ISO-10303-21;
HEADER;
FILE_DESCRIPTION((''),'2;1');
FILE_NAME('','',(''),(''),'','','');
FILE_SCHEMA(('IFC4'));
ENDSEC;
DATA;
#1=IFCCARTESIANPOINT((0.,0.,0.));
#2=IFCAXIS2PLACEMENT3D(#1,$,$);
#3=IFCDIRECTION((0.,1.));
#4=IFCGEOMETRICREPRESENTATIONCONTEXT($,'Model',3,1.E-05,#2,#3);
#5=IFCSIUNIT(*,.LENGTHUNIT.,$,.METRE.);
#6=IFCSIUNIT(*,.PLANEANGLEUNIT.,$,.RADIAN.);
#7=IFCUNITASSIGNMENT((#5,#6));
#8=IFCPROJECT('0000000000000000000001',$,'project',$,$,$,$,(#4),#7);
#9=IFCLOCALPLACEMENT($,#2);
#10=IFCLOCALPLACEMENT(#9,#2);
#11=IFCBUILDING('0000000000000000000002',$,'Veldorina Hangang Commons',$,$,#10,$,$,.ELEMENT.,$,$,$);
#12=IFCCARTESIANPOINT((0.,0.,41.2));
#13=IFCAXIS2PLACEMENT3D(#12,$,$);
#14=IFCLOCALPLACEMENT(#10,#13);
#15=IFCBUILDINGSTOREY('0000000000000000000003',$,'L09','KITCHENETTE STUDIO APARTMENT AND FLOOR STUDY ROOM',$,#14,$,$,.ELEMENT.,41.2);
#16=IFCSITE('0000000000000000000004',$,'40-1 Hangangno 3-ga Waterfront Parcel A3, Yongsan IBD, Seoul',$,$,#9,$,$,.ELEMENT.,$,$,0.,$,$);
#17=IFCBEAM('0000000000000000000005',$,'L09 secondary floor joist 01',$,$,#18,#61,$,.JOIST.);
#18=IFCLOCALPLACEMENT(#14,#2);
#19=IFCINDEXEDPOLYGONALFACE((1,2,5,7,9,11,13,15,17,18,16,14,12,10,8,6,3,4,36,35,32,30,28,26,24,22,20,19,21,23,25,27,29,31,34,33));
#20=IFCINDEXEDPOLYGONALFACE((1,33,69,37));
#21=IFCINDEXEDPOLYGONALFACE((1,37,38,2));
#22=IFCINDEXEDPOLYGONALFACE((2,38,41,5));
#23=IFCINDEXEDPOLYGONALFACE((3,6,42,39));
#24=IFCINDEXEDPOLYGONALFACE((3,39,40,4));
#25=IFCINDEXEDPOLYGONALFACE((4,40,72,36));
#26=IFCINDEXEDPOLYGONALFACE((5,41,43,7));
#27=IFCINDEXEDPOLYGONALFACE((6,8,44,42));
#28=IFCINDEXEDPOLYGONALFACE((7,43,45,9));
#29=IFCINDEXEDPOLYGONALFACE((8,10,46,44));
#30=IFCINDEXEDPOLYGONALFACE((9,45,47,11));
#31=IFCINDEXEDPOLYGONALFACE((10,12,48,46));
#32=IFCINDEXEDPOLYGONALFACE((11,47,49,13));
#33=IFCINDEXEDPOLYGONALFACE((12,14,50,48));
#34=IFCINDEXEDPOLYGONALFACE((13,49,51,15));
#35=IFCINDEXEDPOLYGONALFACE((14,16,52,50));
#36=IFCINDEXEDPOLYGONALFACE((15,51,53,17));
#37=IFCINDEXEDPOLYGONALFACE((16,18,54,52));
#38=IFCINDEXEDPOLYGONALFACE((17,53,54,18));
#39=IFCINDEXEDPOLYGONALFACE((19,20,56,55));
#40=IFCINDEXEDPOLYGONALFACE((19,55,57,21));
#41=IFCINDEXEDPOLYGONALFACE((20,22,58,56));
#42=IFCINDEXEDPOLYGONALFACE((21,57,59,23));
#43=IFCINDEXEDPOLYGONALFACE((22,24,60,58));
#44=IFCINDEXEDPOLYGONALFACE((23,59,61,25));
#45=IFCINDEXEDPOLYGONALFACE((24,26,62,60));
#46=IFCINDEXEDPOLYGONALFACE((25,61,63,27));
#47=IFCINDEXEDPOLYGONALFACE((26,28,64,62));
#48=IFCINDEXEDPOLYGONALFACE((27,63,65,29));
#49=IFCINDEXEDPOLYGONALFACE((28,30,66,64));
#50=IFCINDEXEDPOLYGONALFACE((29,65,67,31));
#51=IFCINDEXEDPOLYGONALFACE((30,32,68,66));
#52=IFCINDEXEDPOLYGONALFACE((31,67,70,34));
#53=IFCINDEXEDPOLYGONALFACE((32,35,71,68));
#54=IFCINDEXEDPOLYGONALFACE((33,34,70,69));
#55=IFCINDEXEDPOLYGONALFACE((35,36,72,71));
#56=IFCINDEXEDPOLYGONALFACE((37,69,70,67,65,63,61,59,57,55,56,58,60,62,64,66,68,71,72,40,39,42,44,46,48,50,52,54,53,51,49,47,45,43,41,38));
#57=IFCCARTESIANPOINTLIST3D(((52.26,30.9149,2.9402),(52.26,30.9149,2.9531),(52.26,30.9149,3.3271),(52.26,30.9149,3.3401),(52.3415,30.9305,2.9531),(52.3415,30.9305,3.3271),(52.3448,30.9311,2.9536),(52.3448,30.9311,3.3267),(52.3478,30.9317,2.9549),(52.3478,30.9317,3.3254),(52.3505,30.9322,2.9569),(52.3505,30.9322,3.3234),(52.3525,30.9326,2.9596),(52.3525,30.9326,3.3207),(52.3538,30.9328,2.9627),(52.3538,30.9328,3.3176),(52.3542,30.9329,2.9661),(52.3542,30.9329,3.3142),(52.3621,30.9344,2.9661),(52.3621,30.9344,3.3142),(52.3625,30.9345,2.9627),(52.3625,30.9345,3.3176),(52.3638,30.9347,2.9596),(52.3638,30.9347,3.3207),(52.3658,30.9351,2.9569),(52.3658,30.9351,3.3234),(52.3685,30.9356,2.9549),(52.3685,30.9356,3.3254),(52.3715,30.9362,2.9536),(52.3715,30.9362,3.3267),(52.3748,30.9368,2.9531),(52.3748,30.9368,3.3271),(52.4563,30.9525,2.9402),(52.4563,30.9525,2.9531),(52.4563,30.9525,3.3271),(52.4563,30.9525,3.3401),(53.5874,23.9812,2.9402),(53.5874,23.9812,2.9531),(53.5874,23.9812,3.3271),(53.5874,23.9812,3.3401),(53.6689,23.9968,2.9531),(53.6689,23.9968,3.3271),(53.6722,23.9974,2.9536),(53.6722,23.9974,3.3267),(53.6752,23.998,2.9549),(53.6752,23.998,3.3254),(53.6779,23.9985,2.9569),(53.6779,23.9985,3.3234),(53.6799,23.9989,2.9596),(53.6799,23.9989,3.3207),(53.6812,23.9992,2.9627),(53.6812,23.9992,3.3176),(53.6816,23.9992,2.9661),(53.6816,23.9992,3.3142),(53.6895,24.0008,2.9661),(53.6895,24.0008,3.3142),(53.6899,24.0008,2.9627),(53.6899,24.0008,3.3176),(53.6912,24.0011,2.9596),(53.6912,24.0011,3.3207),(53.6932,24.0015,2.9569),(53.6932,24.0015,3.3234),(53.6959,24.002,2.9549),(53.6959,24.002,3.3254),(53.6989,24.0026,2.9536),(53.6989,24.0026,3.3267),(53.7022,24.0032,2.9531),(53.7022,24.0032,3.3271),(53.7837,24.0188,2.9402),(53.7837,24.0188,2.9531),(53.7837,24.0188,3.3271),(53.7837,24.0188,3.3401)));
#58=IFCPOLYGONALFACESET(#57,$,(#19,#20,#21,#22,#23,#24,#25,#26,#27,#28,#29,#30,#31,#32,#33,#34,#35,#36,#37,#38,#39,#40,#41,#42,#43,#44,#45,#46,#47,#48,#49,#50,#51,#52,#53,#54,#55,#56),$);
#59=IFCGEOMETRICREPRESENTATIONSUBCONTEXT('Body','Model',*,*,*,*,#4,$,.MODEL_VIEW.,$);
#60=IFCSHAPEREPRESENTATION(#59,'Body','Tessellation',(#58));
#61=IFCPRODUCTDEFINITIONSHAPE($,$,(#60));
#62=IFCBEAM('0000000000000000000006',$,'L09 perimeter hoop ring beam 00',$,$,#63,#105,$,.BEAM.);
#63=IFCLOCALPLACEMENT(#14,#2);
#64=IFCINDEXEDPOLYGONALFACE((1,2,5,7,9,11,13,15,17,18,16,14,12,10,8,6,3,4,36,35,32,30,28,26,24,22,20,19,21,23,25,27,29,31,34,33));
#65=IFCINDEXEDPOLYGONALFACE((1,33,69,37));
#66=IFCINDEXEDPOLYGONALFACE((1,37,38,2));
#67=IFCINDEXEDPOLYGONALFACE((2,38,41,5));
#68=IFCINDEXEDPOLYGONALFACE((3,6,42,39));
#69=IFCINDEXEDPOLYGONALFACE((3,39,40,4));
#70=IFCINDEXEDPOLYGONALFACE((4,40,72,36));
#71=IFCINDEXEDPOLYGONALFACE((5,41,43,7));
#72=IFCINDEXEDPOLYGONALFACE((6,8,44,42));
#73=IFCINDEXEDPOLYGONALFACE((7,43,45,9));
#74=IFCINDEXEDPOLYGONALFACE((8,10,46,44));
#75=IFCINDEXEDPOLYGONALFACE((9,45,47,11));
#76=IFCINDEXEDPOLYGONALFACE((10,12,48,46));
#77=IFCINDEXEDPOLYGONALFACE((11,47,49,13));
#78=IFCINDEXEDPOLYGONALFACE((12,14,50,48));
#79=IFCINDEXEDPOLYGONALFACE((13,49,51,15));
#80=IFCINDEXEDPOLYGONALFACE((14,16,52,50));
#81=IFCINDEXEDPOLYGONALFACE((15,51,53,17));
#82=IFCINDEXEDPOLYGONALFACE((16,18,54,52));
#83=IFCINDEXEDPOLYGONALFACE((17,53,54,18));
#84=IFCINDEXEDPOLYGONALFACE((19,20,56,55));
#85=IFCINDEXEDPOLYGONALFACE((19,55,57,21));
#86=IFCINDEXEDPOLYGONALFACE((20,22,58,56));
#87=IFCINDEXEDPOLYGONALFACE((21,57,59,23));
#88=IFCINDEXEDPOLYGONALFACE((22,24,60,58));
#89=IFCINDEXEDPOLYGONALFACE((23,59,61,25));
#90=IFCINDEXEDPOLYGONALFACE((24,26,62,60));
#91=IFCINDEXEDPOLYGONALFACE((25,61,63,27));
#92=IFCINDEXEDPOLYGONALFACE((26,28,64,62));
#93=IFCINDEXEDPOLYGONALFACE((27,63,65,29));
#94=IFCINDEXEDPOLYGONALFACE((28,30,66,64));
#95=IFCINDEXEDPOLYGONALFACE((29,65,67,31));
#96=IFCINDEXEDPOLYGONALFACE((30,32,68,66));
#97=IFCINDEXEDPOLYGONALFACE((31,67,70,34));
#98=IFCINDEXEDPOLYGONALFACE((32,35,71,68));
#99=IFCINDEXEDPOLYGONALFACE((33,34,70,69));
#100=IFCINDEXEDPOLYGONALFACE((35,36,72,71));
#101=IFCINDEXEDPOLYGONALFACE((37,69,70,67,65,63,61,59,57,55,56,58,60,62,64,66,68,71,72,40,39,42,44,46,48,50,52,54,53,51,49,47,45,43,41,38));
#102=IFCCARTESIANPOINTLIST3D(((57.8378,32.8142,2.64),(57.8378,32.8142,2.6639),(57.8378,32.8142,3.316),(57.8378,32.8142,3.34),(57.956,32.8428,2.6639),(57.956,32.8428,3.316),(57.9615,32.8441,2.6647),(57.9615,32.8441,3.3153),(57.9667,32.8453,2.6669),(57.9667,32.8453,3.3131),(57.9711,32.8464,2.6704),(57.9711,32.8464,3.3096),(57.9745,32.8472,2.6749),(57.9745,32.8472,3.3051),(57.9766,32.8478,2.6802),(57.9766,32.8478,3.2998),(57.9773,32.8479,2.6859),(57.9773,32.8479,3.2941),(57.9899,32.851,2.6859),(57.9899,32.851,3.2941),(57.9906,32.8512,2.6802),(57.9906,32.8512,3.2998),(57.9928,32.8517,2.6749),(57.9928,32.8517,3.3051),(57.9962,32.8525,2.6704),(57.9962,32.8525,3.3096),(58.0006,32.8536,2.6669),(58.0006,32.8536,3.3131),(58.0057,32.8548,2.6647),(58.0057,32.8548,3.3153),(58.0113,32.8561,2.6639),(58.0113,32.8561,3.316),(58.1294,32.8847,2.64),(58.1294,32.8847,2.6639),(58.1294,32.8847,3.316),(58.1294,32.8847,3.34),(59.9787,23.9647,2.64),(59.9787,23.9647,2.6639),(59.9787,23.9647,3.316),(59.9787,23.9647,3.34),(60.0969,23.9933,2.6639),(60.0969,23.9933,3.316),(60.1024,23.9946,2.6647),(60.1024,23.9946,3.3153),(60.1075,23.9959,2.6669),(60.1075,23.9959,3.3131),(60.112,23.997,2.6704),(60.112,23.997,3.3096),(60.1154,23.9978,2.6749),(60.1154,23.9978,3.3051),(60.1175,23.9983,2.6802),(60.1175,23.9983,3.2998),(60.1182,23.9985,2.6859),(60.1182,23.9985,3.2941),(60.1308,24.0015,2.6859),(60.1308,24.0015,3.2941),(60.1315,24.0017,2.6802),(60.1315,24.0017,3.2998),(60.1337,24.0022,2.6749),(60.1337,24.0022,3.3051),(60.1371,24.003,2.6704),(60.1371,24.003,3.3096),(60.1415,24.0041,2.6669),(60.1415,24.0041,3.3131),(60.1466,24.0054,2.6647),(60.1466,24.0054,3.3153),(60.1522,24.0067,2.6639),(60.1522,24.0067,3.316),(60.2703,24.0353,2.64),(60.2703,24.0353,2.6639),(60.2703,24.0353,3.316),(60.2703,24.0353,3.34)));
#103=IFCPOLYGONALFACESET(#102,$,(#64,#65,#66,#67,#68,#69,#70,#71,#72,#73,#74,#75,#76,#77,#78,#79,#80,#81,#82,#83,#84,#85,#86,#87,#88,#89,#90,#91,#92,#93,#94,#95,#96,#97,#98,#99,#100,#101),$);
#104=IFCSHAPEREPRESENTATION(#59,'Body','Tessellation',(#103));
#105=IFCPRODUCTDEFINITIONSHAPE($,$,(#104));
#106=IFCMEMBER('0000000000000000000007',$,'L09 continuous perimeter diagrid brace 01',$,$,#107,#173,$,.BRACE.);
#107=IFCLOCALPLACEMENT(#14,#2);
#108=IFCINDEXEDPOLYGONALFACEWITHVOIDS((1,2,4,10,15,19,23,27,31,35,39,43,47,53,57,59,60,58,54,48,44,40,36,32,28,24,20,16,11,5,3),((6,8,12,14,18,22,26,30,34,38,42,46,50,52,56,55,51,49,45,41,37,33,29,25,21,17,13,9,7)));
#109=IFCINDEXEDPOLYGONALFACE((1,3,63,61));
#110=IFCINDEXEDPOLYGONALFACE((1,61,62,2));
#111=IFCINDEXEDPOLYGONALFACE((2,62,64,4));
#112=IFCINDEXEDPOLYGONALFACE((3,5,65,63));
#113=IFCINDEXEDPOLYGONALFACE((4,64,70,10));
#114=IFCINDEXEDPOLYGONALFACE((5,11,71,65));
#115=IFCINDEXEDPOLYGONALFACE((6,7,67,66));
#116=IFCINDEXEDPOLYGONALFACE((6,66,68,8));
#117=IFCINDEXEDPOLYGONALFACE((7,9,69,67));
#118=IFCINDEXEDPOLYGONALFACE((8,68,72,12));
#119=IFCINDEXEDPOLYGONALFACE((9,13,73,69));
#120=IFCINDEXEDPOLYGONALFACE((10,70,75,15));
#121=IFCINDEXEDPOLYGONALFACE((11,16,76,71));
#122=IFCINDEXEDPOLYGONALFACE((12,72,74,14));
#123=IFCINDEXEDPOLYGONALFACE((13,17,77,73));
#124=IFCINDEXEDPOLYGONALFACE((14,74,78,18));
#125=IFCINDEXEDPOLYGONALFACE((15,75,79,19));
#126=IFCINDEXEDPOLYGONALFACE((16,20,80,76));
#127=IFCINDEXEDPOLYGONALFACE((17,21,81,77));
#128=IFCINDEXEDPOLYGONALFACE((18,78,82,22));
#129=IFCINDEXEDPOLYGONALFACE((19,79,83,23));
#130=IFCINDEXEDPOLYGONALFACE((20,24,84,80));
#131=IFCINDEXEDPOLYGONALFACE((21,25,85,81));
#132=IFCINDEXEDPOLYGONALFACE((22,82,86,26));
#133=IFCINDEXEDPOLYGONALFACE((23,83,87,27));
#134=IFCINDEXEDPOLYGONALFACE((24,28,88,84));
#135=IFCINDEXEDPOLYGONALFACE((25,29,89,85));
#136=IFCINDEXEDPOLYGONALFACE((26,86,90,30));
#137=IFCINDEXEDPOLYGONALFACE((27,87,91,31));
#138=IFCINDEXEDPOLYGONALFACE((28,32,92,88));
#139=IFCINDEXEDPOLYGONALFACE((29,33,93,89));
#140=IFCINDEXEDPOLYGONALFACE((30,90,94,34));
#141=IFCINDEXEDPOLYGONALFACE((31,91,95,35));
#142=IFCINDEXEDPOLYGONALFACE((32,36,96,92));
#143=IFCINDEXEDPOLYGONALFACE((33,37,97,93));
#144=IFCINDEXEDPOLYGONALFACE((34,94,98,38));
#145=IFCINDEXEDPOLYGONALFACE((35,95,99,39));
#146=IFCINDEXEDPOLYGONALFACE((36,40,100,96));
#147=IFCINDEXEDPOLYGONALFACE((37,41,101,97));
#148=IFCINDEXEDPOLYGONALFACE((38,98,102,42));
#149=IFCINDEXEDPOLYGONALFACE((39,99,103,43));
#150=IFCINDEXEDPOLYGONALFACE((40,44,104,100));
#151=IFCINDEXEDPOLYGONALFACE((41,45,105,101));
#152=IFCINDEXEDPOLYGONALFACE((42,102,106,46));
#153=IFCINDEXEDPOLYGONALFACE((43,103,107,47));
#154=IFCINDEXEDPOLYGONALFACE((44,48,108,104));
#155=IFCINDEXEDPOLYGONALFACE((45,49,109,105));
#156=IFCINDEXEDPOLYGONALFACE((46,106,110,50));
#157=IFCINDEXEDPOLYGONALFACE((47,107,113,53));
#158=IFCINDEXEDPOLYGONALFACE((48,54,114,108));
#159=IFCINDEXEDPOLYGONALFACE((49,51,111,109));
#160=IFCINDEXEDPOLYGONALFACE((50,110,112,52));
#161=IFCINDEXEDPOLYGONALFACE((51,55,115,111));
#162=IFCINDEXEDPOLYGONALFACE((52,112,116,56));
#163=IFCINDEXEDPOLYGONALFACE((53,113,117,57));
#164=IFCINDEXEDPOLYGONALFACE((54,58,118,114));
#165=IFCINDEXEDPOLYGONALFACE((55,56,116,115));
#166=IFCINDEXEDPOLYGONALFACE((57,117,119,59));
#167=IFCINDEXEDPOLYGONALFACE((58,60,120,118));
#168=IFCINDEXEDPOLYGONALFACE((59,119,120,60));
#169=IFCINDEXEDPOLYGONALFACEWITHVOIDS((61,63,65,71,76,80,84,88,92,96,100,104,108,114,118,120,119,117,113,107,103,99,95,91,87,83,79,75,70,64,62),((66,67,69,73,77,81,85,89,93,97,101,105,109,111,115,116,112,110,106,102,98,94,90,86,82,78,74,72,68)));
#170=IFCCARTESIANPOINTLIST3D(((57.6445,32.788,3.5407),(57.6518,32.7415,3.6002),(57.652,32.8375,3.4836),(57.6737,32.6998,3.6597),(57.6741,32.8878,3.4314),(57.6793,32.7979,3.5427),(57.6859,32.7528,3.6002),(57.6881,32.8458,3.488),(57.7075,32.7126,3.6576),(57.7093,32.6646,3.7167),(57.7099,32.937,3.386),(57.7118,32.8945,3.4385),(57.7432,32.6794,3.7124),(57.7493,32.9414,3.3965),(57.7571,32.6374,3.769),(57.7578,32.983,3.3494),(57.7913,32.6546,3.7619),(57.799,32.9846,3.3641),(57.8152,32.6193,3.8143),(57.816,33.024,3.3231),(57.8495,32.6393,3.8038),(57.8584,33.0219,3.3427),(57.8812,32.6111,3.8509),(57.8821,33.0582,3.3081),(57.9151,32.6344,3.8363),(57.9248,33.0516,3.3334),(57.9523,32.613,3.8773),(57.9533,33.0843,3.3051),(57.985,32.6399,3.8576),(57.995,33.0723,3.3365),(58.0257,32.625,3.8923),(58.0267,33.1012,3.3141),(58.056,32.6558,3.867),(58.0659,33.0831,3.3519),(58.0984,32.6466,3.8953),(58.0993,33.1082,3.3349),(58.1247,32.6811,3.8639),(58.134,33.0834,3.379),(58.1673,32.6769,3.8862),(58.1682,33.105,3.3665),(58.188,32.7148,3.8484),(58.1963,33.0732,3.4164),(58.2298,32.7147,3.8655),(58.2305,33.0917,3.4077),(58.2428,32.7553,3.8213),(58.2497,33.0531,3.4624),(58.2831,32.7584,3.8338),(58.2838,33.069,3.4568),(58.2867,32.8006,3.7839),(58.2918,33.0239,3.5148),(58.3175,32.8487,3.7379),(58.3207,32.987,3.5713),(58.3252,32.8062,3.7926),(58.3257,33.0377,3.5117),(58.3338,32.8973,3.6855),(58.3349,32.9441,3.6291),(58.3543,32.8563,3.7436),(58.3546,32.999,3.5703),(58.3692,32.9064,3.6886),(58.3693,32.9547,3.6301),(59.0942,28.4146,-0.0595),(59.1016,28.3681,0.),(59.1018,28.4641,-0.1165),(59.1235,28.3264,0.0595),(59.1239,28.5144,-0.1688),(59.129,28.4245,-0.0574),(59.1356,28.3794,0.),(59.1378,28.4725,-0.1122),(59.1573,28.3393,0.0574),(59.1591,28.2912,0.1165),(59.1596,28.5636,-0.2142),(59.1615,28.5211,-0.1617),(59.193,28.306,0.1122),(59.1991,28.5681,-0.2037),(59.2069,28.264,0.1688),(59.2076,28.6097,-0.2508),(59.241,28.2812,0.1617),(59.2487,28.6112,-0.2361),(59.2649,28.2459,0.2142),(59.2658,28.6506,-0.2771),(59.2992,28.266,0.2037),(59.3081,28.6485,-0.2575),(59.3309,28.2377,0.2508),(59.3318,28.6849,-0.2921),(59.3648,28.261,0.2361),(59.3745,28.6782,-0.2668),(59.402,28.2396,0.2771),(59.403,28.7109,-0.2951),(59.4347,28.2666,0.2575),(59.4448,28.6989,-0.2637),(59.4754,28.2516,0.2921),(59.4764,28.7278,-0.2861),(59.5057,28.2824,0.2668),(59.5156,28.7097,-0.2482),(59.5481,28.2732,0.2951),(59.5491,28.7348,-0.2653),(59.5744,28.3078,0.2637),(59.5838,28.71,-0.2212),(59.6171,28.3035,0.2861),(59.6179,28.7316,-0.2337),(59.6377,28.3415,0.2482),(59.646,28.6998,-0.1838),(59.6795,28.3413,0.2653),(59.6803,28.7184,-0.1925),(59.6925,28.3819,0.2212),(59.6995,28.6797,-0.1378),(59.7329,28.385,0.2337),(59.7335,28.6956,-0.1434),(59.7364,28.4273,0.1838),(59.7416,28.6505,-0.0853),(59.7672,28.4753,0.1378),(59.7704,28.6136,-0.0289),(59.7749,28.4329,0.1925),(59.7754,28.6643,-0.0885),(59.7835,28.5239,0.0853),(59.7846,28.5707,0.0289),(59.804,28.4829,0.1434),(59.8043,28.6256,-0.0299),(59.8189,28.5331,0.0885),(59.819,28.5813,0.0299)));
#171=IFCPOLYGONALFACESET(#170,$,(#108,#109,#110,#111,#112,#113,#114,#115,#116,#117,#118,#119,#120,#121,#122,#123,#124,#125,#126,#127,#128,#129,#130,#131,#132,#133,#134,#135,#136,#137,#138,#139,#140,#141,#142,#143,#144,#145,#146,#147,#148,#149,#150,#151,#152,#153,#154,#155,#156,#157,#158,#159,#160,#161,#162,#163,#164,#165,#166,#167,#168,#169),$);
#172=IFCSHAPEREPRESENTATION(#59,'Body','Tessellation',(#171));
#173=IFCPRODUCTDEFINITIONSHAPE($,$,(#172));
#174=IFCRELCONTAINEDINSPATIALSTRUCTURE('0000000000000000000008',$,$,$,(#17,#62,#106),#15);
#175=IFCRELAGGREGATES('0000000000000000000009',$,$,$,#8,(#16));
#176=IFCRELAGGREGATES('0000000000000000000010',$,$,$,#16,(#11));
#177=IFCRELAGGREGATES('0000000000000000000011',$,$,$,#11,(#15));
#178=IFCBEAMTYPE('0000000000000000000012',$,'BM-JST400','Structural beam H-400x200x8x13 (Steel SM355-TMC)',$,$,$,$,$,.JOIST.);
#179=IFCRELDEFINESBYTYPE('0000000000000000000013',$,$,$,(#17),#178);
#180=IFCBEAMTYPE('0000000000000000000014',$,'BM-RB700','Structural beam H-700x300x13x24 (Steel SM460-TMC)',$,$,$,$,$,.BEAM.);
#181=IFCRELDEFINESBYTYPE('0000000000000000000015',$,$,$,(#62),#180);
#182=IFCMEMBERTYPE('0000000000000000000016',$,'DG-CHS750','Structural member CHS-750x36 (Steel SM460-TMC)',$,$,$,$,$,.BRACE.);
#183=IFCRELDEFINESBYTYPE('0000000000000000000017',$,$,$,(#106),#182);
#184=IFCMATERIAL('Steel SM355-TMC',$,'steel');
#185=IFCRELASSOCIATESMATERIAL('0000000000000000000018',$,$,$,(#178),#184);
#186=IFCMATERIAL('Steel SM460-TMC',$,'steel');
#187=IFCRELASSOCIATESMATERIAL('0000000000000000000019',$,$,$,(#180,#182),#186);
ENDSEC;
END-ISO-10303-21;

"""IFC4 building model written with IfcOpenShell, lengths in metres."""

from ifc_helpers import new_model, si_unit, direction, frame, origin, origin_2d, place, context, subcontext, project, spatial, hollow_circle, i_section, extrude, material, material_profile, profile_set, type_object, element, save


model = new_model("IFC4")

# Units and contexts
model_context = context("Model", 3, precision=1e-05, world=origin(), true_north=direction((0.0, 1.0)))
body_context = subcontext(model_context, "Body", "Model", "MODEL_VIEW")
ifc_project = project(units=[si_unit("LENGTHUNIT", "METRE"), si_unit("PLANEANGLEUNIT", "RADIAN")], contexts=[model_context])

# Site, building, storey
site_placement = place(None, origin())
site = spatial("IfcSite", under=ifc_project, at=site_placement, Name="40-1 Hangangno 3-ga Waterfront Parcel A3, Yongsan IBD, Seoul", CompositionType="ELEMENT", RefElevation=0.0)
building_placement = place(site_placement, origin())
building = spatial("IfcBuilding", under=site, at=building_placement, Name="Veldorina Hangang Commons", CompositionType="ELEMENT")
storey_placement = place(building_placement, frame((0.0, 0.0, 41.2)))
storey = spatial("IfcBuildingStorey", under=building, at=storey_placement, Name="L09", Description="KITCHENETTE STUDIO APARTMENT AND FLOOR STUDY ROOM", CompositionType="ELEMENT", Elevation=41.2)

# Beams
ifc_material_1 = material(Name="Steel SM355-TMC", Category="steel")
ifc_material_profile_1 = material_profile(ifc_material_1, i_section(OverallWidth=0.2, OverallDepth=0.3999, WebThickness=0.0081, FlangeThickness=0.0129, FilletRadius=0.0129, at=origin_2d()), Name="H-400x200x8x13")
ifc_profile_set_1 = profile_set([ifc_material_profile_1], Name="Steel SM355-TMC")
beam_type_1 = type_object("IfcBeamType", Name="BM-JST400", Description="Structural beam H-400x200x8x13 (Steel SM355-TMC)", PredefinedType="JOIST", material=ifc_profile_set_1)
beam_1_placement = place(storey_placement, frame((53.6855, 24.0, 3.1401), z_axis=(-0.188029, 0.982163, 0.0), x_axis=(-0.982163, -0.188029, 0.0)))
element("IfcBeam", 1, at=beam_1_placement, inside=storey, type_object=beam_type_1, Name="L09 secondary floor joist 01", PredefinedType="JOIST", context=body_context, shape_type="SweptSolid", body=[
    extrude(i_section(OverallWidth=0.2, OverallDepth=0.3999, WebThickness=0.0081, FlangeThickness=0.0129, FilletRadius=0.0129, at=origin_2d()), origin(), (0.0, 0.0, 1.0), 7.0596),
])
ifc_material_2 = material(Name="Steel SM460-TMC", Category="steel")
ifc_material_profile_2 = material_profile(ifc_material_2, i_section(OverallWidth=0.3, OverallDepth=0.7, WebThickness=0.0129, FlangeThickness=0.0239, FilletRadius=0.022, at=origin_2d()), Name="H-700x300x13x24")
ifc_profile_set_2 = profile_set([ifc_material_profile_2], Name="Steel SM460-TMC")
beam_type_2 = type_object("IfcBeamType", Name="BM-RB700", Description="Structural beam H-700x300x13x24 (Steel SM460-TMC)", PredefinedType="BEAM", material=ifc_profile_set_2)
beam_2_placement = place(storey_placement, frame((60.1245, 24.0, 2.99), z_axis=(-0.23514, 0.971961, 0.0), x_axis=(-0.971961, -0.23514, 0.0)))
element("IfcBeam", 2, at=beam_2_placement, inside=storey, type_object=beam_type_2, Name="L09 perimeter hoop ring beam 00", PredefinedType="BEAM", context=body_context, shape_type="SweptSolid", body=[
    extrude(i_section(OverallWidth=0.3, OverallDepth=0.7, WebThickness=0.0129, FlangeThickness=0.0239, FilletRadius=0.022, at=origin_2d()), origin(), (0.0, 0.0, 1.0), 9.1047),
])

# Member
ifc_material_profile_3 = material_profile(ifc_material_2, hollow_circle(Radius=0.375, WallThickness=0.0359, at=origin_2d()), Name="CHS-750x36")
ifc_profile_set_3 = profile_set([ifc_material_profile_3], Name="Steel SM460-TMC")
member_type = type_object("IfcMemberType", Name="DG-CHS750", Description="Structural member CHS-750x36 (Steel SM460-TMC)", PredefinedType="BRACE", material=ifc_profile_set_3)
member_1_placement = place(storey_placement, frame((59.4575, 28.4861, 0.0), z_axis=(-0.247938, 0.747948, 0.615711), x_axis=(-0.949207, -0.314654, 0.0)))
element("IfcMember", 3, at=member_1_placement, inside=storey, type_object=member_type, Name="L09 continuous perimeter diagrid brace 01", PredefinedType="BRACE", context=body_context, shape_type="SweptSolid", body=[
    extrude(hollow_circle(Radius=0.375, WallThickness=0.0359, at=origin_2d()), origin(), (0.0, 0.0, 1.0), 5.8472),
])

save(model, "model.ifc")
